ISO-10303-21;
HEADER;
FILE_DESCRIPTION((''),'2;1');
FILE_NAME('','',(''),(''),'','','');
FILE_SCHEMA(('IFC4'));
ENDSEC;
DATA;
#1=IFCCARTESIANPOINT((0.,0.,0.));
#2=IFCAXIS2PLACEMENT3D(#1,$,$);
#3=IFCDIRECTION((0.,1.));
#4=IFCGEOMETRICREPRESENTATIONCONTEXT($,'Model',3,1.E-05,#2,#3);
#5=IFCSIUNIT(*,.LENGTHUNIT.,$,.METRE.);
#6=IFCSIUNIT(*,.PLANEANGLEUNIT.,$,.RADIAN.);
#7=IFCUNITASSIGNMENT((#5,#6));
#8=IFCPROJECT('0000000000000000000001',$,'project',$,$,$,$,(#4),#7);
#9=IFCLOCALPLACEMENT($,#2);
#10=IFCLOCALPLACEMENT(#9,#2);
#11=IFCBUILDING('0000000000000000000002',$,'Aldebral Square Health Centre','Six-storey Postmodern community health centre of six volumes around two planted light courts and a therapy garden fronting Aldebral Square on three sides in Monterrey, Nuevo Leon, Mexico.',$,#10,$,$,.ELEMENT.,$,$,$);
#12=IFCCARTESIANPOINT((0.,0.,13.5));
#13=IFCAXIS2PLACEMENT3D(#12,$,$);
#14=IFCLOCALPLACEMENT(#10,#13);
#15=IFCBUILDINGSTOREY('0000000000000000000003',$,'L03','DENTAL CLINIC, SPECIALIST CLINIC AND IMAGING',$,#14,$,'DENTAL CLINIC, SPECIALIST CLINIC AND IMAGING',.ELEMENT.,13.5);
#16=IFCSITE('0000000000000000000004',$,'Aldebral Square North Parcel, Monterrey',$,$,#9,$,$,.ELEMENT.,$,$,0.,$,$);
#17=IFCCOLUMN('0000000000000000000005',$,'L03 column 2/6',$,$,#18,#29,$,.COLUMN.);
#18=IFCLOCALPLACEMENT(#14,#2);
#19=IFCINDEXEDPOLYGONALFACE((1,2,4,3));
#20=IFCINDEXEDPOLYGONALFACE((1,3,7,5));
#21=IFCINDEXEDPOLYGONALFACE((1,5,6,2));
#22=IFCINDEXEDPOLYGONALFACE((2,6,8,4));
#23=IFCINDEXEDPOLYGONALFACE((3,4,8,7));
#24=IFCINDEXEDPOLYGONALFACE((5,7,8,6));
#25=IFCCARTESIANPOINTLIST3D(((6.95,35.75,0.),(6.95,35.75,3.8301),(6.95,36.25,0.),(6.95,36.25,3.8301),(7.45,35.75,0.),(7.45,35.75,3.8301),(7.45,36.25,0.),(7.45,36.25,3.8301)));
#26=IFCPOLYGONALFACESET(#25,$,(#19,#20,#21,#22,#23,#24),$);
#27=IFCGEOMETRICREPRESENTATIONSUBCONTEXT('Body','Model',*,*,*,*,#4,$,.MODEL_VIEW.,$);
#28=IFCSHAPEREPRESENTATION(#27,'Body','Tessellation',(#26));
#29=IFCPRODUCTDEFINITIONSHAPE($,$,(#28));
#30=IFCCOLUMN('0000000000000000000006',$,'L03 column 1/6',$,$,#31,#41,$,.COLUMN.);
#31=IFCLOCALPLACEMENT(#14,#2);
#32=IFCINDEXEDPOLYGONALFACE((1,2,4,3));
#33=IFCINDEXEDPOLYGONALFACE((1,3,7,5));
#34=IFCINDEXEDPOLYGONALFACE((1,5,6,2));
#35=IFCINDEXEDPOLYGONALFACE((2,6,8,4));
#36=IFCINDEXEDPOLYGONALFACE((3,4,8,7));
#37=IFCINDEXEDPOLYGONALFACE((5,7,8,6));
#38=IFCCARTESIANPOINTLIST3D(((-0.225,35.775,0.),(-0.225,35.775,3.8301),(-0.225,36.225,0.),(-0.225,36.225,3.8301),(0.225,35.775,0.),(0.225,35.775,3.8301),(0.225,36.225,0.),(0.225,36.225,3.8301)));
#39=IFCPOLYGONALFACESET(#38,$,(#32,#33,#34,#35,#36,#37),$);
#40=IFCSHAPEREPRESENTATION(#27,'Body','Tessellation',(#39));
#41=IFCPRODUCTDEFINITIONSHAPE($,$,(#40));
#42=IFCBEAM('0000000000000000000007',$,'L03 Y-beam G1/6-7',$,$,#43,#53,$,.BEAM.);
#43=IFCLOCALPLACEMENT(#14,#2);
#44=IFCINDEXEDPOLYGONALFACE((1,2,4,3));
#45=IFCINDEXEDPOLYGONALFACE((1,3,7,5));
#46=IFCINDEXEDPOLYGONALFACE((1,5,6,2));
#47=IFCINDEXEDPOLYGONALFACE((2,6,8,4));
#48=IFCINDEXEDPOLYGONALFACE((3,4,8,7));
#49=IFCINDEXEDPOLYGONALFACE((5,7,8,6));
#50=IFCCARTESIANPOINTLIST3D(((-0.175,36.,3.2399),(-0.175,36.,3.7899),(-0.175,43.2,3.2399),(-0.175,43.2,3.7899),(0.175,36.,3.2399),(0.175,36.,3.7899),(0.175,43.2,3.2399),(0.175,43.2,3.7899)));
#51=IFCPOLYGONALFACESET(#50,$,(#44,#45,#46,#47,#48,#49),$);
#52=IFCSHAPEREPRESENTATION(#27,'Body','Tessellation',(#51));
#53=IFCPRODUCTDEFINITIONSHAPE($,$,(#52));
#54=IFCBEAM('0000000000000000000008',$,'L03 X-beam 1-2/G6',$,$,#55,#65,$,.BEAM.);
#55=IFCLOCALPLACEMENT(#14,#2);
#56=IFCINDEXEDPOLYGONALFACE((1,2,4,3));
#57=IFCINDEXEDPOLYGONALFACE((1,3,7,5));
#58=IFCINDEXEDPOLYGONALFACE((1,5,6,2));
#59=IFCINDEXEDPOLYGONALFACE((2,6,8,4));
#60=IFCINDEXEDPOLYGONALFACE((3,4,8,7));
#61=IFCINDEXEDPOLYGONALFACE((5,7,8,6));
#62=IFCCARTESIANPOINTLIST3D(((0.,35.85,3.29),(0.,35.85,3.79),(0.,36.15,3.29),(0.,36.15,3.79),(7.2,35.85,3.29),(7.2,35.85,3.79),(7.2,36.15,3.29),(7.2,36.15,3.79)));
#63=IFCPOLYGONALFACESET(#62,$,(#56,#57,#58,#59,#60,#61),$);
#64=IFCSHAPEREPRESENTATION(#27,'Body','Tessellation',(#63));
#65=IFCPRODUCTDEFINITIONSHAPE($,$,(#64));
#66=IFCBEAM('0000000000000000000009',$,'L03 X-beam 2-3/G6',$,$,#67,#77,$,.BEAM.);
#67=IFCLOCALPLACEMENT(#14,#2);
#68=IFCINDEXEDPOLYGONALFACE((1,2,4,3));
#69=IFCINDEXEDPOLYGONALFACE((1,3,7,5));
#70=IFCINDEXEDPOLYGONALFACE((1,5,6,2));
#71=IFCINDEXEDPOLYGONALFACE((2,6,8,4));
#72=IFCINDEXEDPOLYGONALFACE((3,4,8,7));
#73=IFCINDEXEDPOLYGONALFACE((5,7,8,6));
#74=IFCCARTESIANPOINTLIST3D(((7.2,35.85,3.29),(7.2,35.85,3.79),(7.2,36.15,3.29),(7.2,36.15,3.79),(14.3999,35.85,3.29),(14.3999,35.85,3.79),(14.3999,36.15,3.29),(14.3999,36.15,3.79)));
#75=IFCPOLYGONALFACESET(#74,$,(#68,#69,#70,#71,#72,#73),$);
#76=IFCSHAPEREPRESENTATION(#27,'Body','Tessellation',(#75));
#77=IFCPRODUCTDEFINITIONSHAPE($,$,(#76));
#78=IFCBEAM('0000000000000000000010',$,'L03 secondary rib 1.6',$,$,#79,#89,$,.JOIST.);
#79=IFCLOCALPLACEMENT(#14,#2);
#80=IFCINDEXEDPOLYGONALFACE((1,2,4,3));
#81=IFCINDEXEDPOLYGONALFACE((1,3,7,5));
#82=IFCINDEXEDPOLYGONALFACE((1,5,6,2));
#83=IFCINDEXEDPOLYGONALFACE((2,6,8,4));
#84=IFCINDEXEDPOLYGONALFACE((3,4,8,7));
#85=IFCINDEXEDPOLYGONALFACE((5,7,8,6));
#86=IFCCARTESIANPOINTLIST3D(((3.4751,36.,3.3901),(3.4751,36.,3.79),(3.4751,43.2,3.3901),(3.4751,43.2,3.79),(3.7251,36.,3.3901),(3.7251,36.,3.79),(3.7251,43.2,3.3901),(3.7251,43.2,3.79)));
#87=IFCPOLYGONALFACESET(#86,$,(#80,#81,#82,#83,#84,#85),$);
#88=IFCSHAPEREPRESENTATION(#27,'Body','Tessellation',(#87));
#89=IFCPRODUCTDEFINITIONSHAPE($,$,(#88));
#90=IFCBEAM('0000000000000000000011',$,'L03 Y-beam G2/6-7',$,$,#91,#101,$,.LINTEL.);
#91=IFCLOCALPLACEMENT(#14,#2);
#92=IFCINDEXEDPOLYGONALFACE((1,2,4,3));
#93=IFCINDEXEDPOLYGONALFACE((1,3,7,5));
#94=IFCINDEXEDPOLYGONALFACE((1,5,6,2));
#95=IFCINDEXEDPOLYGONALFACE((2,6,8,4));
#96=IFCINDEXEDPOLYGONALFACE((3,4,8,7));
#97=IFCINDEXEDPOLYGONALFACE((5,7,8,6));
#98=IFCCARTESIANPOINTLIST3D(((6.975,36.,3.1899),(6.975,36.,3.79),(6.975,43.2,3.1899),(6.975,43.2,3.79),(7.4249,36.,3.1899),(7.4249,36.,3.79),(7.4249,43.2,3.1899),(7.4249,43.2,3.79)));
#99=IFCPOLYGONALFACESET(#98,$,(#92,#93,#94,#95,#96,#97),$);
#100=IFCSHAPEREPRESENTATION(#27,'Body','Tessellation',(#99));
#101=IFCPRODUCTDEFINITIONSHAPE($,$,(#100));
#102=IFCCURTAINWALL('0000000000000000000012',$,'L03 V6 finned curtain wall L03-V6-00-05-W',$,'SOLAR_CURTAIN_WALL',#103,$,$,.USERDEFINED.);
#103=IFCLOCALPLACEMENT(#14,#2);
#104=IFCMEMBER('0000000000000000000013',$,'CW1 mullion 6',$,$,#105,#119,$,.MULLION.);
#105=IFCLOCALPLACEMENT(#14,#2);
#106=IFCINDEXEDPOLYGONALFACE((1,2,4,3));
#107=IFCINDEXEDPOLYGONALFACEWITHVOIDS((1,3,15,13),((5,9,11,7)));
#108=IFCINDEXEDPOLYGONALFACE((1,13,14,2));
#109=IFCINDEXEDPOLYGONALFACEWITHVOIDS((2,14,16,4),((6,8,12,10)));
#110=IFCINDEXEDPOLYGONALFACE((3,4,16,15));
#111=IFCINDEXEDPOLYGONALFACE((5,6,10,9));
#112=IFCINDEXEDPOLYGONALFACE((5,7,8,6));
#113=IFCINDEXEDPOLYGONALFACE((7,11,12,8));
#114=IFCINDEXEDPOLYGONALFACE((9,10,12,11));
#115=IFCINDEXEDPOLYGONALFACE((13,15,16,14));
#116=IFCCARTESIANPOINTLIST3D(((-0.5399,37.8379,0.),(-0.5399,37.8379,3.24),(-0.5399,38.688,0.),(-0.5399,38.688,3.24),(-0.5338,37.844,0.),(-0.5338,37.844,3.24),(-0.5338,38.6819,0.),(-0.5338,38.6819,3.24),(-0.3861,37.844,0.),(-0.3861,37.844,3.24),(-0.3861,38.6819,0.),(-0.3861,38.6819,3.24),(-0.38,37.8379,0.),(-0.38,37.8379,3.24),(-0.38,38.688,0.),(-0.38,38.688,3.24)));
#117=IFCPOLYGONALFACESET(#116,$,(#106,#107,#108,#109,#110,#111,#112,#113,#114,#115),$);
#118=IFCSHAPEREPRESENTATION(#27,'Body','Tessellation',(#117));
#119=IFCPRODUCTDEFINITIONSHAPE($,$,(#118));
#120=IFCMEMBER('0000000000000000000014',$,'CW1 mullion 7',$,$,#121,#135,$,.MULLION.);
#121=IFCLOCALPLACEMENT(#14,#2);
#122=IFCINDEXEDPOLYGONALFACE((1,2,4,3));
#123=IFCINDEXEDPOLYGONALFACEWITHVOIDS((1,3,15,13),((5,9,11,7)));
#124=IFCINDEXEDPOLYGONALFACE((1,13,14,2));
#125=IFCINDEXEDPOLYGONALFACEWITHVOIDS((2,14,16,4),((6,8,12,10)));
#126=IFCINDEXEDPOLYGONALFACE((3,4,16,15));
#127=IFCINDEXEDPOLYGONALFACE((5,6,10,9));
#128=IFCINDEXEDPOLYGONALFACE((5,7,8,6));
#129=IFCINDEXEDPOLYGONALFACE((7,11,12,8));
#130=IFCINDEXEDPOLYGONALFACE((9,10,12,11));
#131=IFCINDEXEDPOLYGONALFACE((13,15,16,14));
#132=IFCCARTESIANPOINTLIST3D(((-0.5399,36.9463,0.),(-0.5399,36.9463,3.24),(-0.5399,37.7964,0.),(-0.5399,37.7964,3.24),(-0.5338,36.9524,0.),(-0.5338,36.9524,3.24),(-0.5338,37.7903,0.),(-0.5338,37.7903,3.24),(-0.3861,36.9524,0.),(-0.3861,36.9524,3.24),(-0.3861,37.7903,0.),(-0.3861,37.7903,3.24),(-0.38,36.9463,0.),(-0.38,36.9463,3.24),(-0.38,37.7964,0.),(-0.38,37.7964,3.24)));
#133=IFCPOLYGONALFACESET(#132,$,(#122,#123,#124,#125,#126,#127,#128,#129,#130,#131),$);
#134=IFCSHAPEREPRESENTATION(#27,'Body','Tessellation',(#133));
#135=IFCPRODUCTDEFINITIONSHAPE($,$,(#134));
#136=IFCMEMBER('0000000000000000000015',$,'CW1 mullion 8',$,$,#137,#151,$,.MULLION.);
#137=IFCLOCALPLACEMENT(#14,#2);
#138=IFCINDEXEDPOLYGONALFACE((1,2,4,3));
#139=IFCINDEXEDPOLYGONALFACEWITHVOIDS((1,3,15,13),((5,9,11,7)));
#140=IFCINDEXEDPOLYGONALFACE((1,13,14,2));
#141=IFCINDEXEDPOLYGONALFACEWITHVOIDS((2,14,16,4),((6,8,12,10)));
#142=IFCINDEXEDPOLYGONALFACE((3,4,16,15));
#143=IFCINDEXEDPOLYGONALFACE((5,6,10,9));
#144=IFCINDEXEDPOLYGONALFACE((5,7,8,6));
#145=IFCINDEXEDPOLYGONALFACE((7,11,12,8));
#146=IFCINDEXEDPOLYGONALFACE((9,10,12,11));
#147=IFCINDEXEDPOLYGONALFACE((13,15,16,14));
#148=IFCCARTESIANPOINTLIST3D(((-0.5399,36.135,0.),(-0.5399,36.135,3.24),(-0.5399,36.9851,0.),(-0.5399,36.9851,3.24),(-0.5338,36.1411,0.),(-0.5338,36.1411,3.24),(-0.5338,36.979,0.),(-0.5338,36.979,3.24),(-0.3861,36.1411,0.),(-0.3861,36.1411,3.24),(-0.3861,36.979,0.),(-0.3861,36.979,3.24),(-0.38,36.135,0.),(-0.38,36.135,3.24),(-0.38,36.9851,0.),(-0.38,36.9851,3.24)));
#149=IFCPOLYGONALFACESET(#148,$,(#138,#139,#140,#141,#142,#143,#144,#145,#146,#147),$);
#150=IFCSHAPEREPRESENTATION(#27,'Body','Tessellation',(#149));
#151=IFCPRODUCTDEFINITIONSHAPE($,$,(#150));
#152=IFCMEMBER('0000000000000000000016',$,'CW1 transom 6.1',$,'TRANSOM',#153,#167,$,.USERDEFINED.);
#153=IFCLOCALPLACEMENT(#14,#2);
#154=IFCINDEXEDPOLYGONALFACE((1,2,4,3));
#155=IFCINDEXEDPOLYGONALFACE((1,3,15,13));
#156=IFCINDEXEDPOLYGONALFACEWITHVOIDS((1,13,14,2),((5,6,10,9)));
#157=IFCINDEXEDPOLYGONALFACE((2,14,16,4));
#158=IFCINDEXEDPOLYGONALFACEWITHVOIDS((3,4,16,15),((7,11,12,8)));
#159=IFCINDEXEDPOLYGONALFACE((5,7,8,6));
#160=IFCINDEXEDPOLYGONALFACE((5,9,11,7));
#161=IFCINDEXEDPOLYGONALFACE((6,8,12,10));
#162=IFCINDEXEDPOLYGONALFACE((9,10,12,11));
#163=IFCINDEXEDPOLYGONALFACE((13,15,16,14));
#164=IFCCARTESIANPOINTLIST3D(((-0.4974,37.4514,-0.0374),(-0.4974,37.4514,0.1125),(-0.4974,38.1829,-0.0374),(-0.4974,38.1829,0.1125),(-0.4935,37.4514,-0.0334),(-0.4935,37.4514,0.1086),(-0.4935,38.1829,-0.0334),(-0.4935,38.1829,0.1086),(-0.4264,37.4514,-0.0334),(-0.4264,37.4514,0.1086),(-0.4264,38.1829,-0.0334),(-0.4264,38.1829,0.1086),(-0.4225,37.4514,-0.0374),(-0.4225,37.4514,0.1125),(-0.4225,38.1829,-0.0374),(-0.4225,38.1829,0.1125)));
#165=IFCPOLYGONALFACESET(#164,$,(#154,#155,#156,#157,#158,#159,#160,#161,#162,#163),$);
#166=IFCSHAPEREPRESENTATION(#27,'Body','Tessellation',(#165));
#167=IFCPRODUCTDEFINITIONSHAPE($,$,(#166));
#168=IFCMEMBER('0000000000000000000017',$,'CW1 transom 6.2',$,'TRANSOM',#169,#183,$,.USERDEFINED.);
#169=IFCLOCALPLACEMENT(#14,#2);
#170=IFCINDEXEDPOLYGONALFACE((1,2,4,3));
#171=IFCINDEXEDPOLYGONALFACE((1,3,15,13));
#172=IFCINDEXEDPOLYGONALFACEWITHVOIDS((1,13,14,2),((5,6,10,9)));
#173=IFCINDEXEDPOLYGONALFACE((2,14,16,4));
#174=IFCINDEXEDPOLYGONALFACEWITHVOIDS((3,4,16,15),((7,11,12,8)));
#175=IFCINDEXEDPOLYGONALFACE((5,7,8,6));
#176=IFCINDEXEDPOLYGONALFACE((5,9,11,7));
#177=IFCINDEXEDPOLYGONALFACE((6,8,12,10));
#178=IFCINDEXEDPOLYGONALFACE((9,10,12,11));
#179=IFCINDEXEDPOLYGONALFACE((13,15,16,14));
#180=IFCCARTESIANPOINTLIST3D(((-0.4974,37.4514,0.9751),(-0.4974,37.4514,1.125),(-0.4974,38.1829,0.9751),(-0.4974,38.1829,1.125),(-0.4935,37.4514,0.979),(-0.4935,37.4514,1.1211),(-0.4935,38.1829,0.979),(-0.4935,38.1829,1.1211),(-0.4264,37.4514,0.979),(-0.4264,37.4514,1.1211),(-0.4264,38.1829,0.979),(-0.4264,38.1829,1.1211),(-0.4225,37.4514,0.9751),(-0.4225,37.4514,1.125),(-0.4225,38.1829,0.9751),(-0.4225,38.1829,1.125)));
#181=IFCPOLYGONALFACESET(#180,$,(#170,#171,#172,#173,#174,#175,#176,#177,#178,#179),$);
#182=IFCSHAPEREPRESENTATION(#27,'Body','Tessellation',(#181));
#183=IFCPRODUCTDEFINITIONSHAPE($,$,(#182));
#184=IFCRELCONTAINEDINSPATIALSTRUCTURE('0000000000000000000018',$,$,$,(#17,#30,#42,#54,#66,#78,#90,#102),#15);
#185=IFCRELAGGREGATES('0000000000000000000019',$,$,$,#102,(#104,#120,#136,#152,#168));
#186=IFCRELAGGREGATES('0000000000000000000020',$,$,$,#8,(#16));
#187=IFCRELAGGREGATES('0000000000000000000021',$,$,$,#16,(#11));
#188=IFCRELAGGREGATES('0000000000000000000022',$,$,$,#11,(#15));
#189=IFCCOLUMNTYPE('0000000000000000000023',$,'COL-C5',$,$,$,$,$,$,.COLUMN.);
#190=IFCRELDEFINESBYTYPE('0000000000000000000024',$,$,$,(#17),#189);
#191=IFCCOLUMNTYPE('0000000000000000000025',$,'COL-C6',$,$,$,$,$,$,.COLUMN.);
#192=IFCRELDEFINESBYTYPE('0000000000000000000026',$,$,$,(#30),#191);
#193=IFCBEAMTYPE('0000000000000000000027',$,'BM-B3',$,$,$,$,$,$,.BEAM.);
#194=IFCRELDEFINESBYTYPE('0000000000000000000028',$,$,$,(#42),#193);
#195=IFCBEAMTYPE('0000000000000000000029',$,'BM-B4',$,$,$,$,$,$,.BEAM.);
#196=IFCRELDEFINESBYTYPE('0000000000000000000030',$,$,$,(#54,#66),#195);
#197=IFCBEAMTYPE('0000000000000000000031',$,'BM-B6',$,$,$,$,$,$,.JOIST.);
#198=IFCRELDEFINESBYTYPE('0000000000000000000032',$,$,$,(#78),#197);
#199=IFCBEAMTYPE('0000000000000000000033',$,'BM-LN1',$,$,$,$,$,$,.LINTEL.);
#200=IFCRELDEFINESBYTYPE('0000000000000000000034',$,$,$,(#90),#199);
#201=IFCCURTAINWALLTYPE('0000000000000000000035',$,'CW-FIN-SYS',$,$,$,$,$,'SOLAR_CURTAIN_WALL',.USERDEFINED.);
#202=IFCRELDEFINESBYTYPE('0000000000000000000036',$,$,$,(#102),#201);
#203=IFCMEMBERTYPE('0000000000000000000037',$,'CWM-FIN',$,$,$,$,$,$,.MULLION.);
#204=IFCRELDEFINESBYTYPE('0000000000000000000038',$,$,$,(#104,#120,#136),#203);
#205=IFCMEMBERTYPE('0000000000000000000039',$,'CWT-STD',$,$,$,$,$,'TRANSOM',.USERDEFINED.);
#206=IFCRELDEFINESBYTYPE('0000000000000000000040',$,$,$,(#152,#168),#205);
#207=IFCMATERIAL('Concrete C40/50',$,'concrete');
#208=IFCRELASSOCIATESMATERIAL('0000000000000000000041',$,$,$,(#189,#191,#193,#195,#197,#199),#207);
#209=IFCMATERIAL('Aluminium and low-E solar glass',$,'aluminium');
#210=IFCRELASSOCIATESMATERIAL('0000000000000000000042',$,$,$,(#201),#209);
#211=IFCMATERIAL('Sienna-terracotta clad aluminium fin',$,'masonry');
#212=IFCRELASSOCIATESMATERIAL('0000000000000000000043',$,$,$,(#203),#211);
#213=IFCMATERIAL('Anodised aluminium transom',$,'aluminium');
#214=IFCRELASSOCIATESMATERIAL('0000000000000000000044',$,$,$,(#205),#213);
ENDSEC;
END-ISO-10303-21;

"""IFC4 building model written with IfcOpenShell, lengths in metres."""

from ifc_helpers import new_model, si_unit, direction, frame, origin, origin_2d, place, context, subcontext, project, spatial, rectangle, hollow_rectangle, extrude, material, material_profile, profile_set, type_object, element, aggregate, save


model = new_model("IFC4")

# Units and contexts
model_context = context("Model", 3, precision=1e-05, world=origin(), true_north=direction((0.0, 1.0)))
body_context = subcontext(model_context, "Body", "Model", "MODEL_VIEW")
ifc_project = project(units=[si_unit("LENGTHUNIT", "METRE"), si_unit("PLANEANGLEUNIT", "RADIAN")], contexts=[model_context])

# Site, building, storey
site_placement = place(None, origin())
site = spatial("IfcSite", under=ifc_project, at=site_placement, Name="Aldebral Square North Parcel, Monterrey", CompositionType="ELEMENT", RefElevation=0.0)
building_placement = place(site_placement, origin())
building = spatial("IfcBuilding", under=site, at=building_placement, Name="Aldebral Square Health Centre", Description="Six-storey Postmodern community health centre of six volumes around two planted light courts and a therapy garden fronting Aldebral Square on three sides in Monterrey, Nuevo Leon, Mexico.", CompositionType="ELEMENT")
storey_placement = place(building_placement, frame((0.0, 0.0, 13.5)))
storey = spatial("IfcBuildingStorey", under=building, at=storey_placement, Name="L03", Description="DENTAL CLINIC, SPECIALIST CLINIC AND IMAGING", LongName="DENTAL CLINIC, SPECIALIST CLINIC AND IMAGING", CompositionType="ELEMENT", Elevation=13.5)

# Columns
ifc_material_1 = material(Name="Concrete C40/50", Category="concrete")
ifc_material_profile_1 = material_profile(ifc_material_1, rectangle(XDim=0.5, YDim=0.5, at=origin_2d()), Name="RC 500x500")
ifc_profile_set_1 = profile_set([ifc_material_profile_1], Name="Concrete C40/50")
column_type_1 = type_object("IfcColumnType", Name="COL-C5", PredefinedType="COLUMN", material=ifc_profile_set_1)
column_1_placement = place(storey_placement, frame((7.2, 36.0, 0.0), z_axis=(0.0, 0.0, 1.0), x_axis=(1.0, 0.0, 0.0)))
element("IfcColumn", 1, at=column_1_placement, inside=storey, type_object=column_type_1, Name="L03 column 2/6", PredefinedType="COLUMN", context=body_context, shape_type="SweptSolid", body=[
    extrude(rectangle(XDim=0.5, YDim=0.5, at=origin_2d()), origin(), (0.0, 0.0, 1.0), 3.8301),
])
ifc_material_profile_2 = material_profile(ifc_material_1, rectangle(XDim=0.45, YDim=0.45, at=origin_2d()), Name="RC 450x450")
ifc_profile_set_2 = profile_set([ifc_material_profile_2], Name="Concrete C40/50")
column_type_2 = type_object("IfcColumnType", Name="COL-C6", PredefinedType="COLUMN", material=ifc_profile_set_2)
column_2_placement = place(storey_placement, frame((0.0, 36.0, 0.0), z_axis=(0.0, 0.0, 1.0), x_axis=(1.0, 0.0, 0.0)))
element("IfcColumn", 2, at=column_2_placement, inside=storey, type_object=column_type_2, Name="L03 column 1/6", PredefinedType="COLUMN", context=body_context, shape_type="SweptSolid", body=[
    extrude(rectangle(XDim=0.45, YDim=0.45, at=origin_2d()), origin(), (0.0, 0.0, 1.0), 3.8301),
])

# Beams
ifc_material_profile_3 = material_profile(ifc_material_1, rectangle(XDim=0.3501, YDim=0.55, at=origin_2d()), Name="RC 350x550")
ifc_profile_set_3 = profile_set([ifc_material_profile_3], Name="Concrete C40/50")
beam_type_1 = type_object("IfcBeamType", Name="BM-B3", PredefinedType="BEAM", material=ifc_profile_set_3)
beam_1_placement = place(storey_placement, frame((0.0, 36.0, 3.5149), z_axis=(0.0, 1.0, 0.0), x_axis=(-1.0, 0.0, 0.0)))
element("IfcBeam", 3, at=beam_1_placement, inside=storey, type_object=beam_type_1, Name="L03 Y-beam G1/6-7", PredefinedType="BEAM", context=body_context, shape_type="SweptSolid", body=[
    extrude(rectangle(XDim=0.3501, YDim=0.55, at=origin_2d()), origin(), (0.0, 0.0, 1.0), 7.2),
])
ifc_material_profile_4 = material_profile(ifc_material_1, rectangle(XDim=0.3, YDim=0.5, at=origin_2d()), Name="RC 300x500")
ifc_profile_set_4 = profile_set([ifc_material_profile_4], Name="Concrete C40/50")
beam_type_2 = type_object("IfcBeamType", Name="BM-B4", PredefinedType="BEAM", material=ifc_profile_set_4)
for number, where, z_axis, x_axis, name in (
    (4, (0.0, 36.0, 3.54), (1.0, 0.0, 0.0), (0.0, 1.0, 0.0), "L03 X-beam 1-2/G6"),
    (5, (7.2, 36.0, 3.54), (1.0, 0.0, 0.0), (0.0, 1.0, 0.0), "L03 X-beam 2-3/G6"),
):
    element("IfcBeam", number, at=place(storey_placement, frame(where, z_axis=z_axis, x_axis=x_axis)), inside=storey, type_object=beam_type_2, Name=name, PredefinedType="BEAM", context=body_context, shape_type="SweptSolid", body=[
        extrude(rectangle(XDim=0.3, YDim=0.5, at=origin_2d()), origin(), (0.0, 0.0, 1.0), 7.2),
    ])
ifc_material_profile_5 = material_profile(ifc_material_1, rectangle(XDim=0.25, YDim=0.3999, at=origin_2d()), Name="RC 250x400")
ifc_profile_set_5 = profile_set([ifc_material_profile_5], Name="Concrete C40/50")
beam_type_3 = type_object("IfcBeamType", Name="BM-B6", PredefinedType="JOIST", material=ifc_profile_set_5)
beam_2_placement = place(storey_placement, frame((3.6001, 36.0, 3.5901), z_axis=(0.0, 1.0, 0.0), x_axis=(-1.0, 0.0, 0.0)))
element("IfcBeam", 6, at=beam_2_placement, inside=storey, type_object=beam_type_3, Name="L03 secondary rib 1.6", PredefinedType="JOIST", context=body_context, shape_type="SweptSolid", body=[
    extrude(rectangle(XDim=0.25, YDim=0.3999, at=origin_2d()), origin(), (0.0, 0.0, 1.0), 7.2),
])
ifc_material_profile_6 = material_profile(ifc_material_1, rectangle(XDim=0.45, YDim=0.6001, at=origin_2d()), Name="RC 450x600")
ifc_profile_set_6 = profile_set([ifc_material_profile_6], Name="Concrete C40/50")
beam_type_4 = type_object("IfcBeamType", Name="BM-LN1", PredefinedType="LINTEL", material=ifc_profile_set_6)
beam_3_placement = place(storey_placement, frame((7.2, 36.0, 3.49), z_axis=(0.0, 1.0, 0.0), x_axis=(-1.0, 0.0, 0.0)))
element("IfcBeam", 7, at=beam_3_placement, inside=storey, type_object=beam_type_4, Name="L03 Y-beam G2/6-7", PredefinedType="LINTEL", context=body_context, shape_type="SweptSolid", body=[
    extrude(rectangle(XDim=0.45, YDim=0.6001, at=origin_2d()), origin(), (0.0, 0.0, 1.0), 7.2),
])

# Curtain wall, members
ifc_material_2 = material(Name="Aluminium and low-E solar glass", Category="aluminium")
curtain_wall_type = type_object("IfcCurtainWallType", Name="CW-FIN-SYS", ElementType="SOLAR_CURTAIN_WALL", PredefinedType="USERDEFINED", material=ifc_material_2)
curtain_wall_placement = place(storey_placement, origin())
curtain_wall = element("IfcCurtainWall", 8, at=curtain_wall_placement, inside=storey, type_object=curtain_wall_type, Name="L03 V6 finned curtain wall L03-V6-00-05-W", ObjectType="SOLAR_CURTAIN_WALL", PredefinedType="USERDEFINED")
ifc_material_3 = material(Name="Sienna-terracotta clad aluminium fin", Category="masonry")
ifc_material_profile_7 = material_profile(ifc_material_3, hollow_rectangle(XDim=0.1599, YDim=0.8501, WallThickness=0.0061, at=origin_2d()), Name="FIN 160x850x6")
ifc_profile_set_7 = profile_set([ifc_material_profile_7], Name="Sienna-terracotta clad aluminium fin")
member_type_1 = type_object("IfcMemberType", Name="CWM-FIN", PredefinedType="MULLION", material=ifc_profile_set_7)
member_1_placement = place(storey_placement, frame((-0.46, 38.2629, 0.0), z_axis=(0.0, 0.0, 1.0), x_axis=(1.0, 0.0, 0.0)))
member_1 = element("IfcMember", 9, at=member_1_placement, type_object=member_type_1, Name="CW1 mullion 6", PredefinedType="MULLION", context=body_context, shape_type="SweptSolid", body=[
    extrude(hollow_rectangle(XDim=0.1599, YDim=0.8501, WallThickness=0.0061, at=origin_2d()), origin(), (0.0, 0.0, 1.0), 3.24),
])
member_2_placement = place(storey_placement, frame((-0.46, 37.3713, 0.0), z_axis=(0.0, 0.0, 1.0), x_axis=(1.0, 0.0, 0.0)))
member_2 = element("IfcMember", 10, at=member_2_placement, type_object=member_type_1, Name="CW1 mullion 7", PredefinedType="MULLION", context=body_context, shape_type="SweptSolid", body=[
    extrude(hollow_rectangle(XDim=0.1599, YDim=0.8501, WallThickness=0.0061, at=origin_2d()), origin(), (0.0, 0.0, 1.0), 3.24),
])
member_3_placement = place(storey_placement, frame((-0.46, 36.5601, 0.0), z_axis=(0.0, 0.0, 1.0), x_axis=(1.0, 0.0, 0.0)))
member_3 = element("IfcMember", 11, at=member_3_placement, type_object=member_type_1, Name="CW1 mullion 8", PredefinedType="MULLION", context=body_context, shape_type="SweptSolid", body=[
    extrude(hollow_rectangle(XDim=0.1599, YDim=0.8501, WallThickness=0.0061, at=origin_2d()), origin(), (0.0, 0.0, 1.0), 3.24),
])
ifc_material_4 = material(Name="Anodised aluminium transom", Category="aluminium")
ifc_material_profile_8 = material_profile(ifc_material_4, hollow_rectangle(XDim=0.075, YDim=0.1499, WallThickness=0.0039, at=origin_2d()), Name="CWT 75x150x4")
ifc_profile_set_8 = profile_set([ifc_material_profile_8], Name="Anodised aluminium transom")
member_type_2 = type_object("IfcMemberType", Name="CWT-STD", ElementType="TRANSOM", PredefinedType="USERDEFINED", material=ifc_profile_set_8)
member_4_placement = place(storey_placement, frame((-0.46, 38.1829, 0.0376), z_axis=(0.0, -1.0, 0.0), x_axis=(1.0, 0.0, 0.0)))
member_4 = element("IfcMember", 12, at=member_4_placement, type_object=member_type_2, Name="CW1 transom 6.1", ObjectType="TRANSOM", PredefinedType="USERDEFINED", context=body_context, shape_type="SweptSolid", body=[
    extrude(hollow_rectangle(XDim=0.075, YDim=0.1499, WallThickness=0.0039, at=origin_2d()), origin(), (0.0, 0.0, 1.0), 0.7314),
])
member_5_placement = place(storey_placement, frame((-0.46, 38.1829, 1.05), z_axis=(0.0, -1.0, 0.0), x_axis=(1.0, 0.0, 0.0)))
member_5 = element("IfcMember", 13, at=member_5_placement, type_object=member_type_2, Name="CW1 transom 6.2", ObjectType="TRANSOM", PredefinedType="USERDEFINED", context=body_context, shape_type="SweptSolid", body=[
    extrude(hollow_rectangle(XDim=0.075, YDim=0.1499, WallThickness=0.0039, at=origin_2d()), origin(), (0.0, 0.0, 1.0), 0.7314),
])
aggregate(curtain_wall, [member_1, member_2, member_3, member_4, member_5])

save(model, "model.ifc")
